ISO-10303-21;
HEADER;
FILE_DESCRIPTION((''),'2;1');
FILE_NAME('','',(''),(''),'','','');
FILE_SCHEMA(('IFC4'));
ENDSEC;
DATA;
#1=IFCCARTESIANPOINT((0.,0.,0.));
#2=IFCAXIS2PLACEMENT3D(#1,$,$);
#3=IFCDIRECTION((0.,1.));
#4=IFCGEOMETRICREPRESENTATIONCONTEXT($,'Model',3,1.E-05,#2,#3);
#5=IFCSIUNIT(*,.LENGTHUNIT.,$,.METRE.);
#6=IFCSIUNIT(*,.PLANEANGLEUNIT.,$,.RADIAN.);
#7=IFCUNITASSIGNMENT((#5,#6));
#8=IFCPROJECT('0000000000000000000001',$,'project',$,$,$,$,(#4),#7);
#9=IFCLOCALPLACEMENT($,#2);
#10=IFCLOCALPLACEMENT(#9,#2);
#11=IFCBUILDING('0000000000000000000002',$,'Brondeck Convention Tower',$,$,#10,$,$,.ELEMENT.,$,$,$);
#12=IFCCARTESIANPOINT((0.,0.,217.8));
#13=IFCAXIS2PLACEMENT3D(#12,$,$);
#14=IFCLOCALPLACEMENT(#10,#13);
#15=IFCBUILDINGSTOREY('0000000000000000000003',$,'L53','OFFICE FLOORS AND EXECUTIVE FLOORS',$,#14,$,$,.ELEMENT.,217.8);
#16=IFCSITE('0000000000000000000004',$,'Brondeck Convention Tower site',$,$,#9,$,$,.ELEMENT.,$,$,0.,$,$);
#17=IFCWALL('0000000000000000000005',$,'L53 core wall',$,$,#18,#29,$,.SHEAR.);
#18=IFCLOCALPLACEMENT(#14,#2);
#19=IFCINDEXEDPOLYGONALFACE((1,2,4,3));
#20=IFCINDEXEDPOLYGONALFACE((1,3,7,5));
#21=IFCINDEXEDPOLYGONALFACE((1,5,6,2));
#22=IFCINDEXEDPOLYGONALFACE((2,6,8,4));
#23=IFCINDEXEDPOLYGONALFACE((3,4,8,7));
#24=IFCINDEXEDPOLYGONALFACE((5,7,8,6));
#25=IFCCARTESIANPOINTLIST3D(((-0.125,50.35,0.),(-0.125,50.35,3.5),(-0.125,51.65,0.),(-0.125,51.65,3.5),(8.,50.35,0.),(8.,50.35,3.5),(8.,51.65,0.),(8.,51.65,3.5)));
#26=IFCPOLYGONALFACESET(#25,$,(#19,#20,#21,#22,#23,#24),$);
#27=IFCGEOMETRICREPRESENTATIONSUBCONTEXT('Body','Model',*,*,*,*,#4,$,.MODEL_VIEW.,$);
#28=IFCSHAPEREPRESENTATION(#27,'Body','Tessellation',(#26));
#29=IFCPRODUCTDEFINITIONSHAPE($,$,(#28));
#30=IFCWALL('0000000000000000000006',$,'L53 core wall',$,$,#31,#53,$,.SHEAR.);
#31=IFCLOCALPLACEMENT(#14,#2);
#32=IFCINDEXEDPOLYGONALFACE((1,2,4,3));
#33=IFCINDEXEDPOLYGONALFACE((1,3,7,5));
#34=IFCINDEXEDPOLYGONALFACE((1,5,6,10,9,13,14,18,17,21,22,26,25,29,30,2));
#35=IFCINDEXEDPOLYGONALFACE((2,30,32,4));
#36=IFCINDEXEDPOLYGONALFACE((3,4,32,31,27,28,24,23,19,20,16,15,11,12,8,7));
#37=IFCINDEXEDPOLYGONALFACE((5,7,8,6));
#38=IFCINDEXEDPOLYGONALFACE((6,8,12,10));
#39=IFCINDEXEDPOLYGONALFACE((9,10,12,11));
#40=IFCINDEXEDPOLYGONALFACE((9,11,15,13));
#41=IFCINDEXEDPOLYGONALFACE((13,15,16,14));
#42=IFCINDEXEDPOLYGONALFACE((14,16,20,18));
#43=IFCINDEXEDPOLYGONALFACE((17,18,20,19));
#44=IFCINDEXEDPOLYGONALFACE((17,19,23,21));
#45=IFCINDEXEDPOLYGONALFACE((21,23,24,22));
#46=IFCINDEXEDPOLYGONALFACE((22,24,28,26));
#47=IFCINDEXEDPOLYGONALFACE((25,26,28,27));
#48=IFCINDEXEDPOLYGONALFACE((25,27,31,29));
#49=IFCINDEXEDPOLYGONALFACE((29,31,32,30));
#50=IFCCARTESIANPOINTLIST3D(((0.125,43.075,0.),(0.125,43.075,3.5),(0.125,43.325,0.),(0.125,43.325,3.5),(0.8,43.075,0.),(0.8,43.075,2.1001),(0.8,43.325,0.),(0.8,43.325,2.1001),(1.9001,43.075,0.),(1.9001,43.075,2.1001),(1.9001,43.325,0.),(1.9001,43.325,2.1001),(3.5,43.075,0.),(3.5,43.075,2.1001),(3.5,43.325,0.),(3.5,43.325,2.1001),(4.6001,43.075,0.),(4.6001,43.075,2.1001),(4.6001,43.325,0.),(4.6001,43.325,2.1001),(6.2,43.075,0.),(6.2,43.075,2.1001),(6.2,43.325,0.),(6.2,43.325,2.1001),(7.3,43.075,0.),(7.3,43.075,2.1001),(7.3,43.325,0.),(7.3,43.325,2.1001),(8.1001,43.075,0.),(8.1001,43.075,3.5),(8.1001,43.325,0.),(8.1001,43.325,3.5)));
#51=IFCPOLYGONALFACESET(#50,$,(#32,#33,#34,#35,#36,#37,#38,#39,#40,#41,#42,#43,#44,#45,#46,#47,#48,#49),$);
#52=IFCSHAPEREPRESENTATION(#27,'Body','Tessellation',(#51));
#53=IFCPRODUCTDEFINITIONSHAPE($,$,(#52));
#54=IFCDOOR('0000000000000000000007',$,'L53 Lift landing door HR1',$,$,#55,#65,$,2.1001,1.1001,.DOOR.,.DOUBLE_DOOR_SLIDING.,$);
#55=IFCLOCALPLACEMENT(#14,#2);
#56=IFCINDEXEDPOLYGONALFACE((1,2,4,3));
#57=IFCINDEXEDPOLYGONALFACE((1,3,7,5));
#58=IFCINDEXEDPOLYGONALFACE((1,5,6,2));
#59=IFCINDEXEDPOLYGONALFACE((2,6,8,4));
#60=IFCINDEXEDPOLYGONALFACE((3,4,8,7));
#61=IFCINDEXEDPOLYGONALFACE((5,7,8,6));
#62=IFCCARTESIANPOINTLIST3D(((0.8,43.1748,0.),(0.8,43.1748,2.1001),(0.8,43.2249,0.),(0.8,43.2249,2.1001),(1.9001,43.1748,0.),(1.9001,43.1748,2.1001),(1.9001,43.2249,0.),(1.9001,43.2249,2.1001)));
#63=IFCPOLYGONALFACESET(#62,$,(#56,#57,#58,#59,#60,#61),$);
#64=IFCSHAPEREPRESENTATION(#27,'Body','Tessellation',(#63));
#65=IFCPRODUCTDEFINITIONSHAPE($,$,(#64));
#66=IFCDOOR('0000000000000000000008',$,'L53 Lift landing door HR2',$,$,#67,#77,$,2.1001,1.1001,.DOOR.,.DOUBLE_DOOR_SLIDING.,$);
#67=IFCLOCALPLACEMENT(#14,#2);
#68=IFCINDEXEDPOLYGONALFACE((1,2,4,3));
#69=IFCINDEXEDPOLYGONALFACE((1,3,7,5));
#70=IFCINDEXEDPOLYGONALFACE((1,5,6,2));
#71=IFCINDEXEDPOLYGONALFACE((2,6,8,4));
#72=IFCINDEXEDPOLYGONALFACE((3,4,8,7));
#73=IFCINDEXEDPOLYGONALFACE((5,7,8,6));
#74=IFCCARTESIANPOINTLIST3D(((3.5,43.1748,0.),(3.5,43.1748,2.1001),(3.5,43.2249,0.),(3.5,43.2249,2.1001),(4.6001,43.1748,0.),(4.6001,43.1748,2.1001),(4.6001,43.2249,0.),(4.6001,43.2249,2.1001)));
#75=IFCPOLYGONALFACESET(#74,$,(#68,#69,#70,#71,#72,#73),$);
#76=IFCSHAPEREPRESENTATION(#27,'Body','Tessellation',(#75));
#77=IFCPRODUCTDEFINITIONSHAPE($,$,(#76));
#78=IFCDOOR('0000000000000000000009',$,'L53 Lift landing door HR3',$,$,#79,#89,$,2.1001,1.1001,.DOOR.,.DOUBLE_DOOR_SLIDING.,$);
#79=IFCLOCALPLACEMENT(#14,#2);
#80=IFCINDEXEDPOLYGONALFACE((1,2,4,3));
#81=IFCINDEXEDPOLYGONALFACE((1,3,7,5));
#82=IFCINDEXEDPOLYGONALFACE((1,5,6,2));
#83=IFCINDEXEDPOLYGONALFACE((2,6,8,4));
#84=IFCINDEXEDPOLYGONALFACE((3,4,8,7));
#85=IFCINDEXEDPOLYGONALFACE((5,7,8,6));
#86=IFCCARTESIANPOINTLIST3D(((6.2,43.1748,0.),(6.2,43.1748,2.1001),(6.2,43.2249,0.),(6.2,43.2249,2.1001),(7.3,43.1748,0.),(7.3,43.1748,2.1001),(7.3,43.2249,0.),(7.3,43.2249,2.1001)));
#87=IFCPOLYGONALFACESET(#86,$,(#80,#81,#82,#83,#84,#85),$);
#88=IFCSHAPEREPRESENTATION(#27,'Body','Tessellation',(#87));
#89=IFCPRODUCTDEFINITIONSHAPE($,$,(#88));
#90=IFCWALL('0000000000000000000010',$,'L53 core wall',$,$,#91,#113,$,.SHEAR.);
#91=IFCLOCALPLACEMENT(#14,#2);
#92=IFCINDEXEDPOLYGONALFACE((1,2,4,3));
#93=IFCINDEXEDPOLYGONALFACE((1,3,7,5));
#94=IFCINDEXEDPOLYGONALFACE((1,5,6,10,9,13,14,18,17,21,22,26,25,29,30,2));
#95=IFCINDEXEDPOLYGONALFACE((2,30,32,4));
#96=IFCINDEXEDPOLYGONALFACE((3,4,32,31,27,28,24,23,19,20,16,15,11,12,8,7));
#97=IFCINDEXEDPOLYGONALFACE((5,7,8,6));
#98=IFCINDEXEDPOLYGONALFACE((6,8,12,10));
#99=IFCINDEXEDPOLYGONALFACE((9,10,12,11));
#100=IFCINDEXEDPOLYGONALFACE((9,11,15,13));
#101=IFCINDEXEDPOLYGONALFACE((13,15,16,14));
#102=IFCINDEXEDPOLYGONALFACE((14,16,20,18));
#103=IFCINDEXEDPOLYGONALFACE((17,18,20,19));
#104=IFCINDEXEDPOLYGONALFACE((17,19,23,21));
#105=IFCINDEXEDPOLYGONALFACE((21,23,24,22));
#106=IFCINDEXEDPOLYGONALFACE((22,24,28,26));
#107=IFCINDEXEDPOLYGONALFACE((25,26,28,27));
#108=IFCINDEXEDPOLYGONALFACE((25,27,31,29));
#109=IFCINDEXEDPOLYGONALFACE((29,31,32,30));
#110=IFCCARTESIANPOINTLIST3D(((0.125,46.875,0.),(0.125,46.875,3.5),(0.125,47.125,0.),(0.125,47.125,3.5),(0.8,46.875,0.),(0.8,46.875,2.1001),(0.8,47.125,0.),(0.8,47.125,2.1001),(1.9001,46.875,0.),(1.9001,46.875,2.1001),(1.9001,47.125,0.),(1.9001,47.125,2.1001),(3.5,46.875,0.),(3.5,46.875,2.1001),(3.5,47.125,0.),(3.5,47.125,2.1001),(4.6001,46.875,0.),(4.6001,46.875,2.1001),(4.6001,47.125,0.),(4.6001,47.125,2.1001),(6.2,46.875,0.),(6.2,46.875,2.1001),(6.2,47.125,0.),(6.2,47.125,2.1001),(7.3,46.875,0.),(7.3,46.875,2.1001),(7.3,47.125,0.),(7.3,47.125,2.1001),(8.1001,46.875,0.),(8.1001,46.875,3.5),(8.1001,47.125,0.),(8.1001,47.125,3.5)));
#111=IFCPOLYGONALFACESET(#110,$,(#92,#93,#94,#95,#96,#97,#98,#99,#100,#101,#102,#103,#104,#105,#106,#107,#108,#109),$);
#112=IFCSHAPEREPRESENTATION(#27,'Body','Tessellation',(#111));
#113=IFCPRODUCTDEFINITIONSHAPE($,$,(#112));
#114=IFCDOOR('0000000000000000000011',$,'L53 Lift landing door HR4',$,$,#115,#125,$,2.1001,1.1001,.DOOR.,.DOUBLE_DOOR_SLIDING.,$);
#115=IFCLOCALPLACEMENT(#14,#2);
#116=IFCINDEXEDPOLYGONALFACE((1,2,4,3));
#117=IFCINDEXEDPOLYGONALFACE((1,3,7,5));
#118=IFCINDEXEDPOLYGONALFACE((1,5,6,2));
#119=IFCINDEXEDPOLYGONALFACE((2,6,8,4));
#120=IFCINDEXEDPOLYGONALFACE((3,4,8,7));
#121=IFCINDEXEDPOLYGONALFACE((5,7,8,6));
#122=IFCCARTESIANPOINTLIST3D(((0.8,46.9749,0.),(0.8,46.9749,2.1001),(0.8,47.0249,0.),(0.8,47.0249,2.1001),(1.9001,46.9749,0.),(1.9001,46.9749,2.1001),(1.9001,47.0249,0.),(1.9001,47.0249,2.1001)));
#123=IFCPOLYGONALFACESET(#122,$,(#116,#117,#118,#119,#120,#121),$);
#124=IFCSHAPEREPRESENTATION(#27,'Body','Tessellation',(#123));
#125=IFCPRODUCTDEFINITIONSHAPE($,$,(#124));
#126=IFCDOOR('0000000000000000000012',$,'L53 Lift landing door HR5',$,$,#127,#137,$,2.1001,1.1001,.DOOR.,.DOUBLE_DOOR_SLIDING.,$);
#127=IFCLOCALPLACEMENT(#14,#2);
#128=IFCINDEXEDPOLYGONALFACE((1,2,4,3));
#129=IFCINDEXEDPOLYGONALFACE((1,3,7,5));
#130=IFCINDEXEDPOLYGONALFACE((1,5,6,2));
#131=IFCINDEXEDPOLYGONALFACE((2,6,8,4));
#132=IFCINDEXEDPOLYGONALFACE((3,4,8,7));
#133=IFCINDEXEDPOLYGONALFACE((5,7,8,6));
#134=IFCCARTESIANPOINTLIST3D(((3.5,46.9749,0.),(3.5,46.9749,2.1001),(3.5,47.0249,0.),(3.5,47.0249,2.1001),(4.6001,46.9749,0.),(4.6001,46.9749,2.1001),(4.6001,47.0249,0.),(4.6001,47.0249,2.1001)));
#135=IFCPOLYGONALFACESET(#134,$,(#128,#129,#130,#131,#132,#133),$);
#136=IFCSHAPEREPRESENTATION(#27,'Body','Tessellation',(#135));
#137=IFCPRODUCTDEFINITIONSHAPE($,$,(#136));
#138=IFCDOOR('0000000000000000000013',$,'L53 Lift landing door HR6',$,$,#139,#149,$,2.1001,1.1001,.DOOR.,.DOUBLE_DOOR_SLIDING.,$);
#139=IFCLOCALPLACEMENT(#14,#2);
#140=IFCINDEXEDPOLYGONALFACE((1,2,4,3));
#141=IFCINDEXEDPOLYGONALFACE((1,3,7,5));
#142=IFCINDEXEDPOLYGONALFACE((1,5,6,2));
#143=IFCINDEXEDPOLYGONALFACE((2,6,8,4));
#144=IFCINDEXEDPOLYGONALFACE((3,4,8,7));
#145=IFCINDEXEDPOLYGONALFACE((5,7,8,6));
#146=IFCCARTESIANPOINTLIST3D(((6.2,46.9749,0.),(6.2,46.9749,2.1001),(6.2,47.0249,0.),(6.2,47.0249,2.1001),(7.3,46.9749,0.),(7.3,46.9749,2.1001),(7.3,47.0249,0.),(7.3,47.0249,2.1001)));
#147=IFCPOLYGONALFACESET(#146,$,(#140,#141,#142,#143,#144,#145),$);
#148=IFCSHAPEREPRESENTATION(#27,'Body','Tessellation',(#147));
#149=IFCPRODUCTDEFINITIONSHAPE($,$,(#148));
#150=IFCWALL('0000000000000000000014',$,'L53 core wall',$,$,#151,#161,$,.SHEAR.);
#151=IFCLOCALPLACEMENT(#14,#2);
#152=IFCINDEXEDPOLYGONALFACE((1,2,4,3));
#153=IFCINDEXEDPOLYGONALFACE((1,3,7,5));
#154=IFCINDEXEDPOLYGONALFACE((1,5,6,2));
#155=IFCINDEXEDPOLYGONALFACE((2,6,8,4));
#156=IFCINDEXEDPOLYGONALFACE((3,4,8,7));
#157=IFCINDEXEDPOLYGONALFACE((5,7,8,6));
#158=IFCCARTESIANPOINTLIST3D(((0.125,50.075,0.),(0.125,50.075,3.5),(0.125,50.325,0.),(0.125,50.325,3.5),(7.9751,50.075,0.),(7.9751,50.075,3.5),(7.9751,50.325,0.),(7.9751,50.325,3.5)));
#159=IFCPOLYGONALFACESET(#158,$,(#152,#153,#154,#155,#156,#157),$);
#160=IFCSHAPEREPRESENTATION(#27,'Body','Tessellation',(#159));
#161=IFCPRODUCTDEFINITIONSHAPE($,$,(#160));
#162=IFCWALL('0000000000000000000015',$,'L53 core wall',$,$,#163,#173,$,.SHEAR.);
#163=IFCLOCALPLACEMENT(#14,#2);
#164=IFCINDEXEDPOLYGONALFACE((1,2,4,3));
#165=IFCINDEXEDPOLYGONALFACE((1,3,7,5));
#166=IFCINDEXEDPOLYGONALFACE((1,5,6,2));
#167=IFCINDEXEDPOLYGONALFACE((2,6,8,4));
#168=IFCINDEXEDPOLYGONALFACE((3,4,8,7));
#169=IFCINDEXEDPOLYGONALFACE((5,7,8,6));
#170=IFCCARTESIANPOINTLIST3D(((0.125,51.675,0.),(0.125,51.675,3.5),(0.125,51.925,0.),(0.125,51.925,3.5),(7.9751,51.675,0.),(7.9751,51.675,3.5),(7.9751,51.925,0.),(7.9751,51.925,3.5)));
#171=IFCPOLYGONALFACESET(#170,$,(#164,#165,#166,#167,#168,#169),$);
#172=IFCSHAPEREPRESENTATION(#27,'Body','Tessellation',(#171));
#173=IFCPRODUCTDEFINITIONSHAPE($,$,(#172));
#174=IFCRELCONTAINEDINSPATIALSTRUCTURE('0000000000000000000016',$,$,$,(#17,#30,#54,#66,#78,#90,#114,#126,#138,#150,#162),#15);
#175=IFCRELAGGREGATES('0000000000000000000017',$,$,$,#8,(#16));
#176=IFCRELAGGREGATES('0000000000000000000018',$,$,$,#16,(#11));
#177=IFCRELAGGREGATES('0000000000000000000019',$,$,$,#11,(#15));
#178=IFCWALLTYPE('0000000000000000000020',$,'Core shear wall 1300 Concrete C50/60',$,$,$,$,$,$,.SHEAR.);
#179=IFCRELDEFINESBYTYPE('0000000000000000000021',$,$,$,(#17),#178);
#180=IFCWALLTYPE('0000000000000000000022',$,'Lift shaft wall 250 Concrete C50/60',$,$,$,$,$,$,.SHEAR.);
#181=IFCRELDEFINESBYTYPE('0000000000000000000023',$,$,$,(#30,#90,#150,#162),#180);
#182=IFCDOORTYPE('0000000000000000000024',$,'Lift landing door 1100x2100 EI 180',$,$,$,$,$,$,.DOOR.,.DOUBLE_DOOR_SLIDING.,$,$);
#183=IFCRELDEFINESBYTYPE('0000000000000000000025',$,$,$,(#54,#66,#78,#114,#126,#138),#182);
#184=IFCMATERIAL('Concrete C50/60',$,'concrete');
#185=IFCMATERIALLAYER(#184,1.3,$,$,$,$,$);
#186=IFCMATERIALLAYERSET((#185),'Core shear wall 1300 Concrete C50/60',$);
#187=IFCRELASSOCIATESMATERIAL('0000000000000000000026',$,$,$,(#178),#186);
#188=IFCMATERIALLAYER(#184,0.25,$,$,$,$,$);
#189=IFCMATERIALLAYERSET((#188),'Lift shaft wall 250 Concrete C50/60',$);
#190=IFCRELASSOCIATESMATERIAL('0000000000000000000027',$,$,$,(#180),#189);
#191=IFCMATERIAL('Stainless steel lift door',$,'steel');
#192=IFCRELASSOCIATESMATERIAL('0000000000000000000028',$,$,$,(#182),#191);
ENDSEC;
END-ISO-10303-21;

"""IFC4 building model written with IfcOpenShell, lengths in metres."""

from ifc_helpers import new_model, si_unit, direction, frame, frame_2d, origin, place, context, subcontext, project, spatial, rectangle, extrude, material, layer, layer_set, type_object, element, fill, save


model = new_model("IFC4")

# Units and contexts
model_context = context("Model", 3, precision=1e-05, world=origin(), true_north=direction((0.0, 1.0)))
body_context = subcontext(model_context, "Body", "Model", "MODEL_VIEW")
ifc_project = project(units=[si_unit("LENGTHUNIT", "METRE"), si_unit("PLANEANGLEUNIT", "RADIAN")], contexts=[model_context])

# Site, building, storey
site_placement = place(None, origin())
site = spatial("IfcSite", under=ifc_project, at=site_placement, Name="Brondeck Convention Tower site", CompositionType="ELEMENT", RefElevation=0.0)
building_placement = place(site_placement, origin())
building = spatial("IfcBuilding", under=site, at=building_placement, Name="Brondeck Convention Tower", CompositionType="ELEMENT")
storey_placement = place(building_placement, frame((0.0, 0.0, 217.8)))
storey = spatial("IfcBuildingStorey", under=building, at=storey_placement, Name="L53", Description="OFFICE FLOORS AND EXECUTIVE FLOORS", CompositionType="ELEMENT", Elevation=217.8)

# Shared definitions
ifc_material_1 = material(Name="Concrete C50/60", Category="concrete")

# Wall
ifc_layer_1 = layer(ifc_material_1, 1.3)
ifc_layer_set_1 = layer_set([ifc_layer_1], Name="Core shear wall 1300 Concrete C50/60")
wall_type_1 = type_object("IfcWallType", Name="Core shear wall 1300 Concrete C50/60", PredefinedType="SHEAR", material=ifc_layer_set_1)
wall_1_placement = place(storey_placement, frame((-0.125, 51.0, 0.0), z_axis=(0.0, 0.0, 1.0), x_axis=(1.0, 0.0, 0.0)))
element("IfcWall", 1, at=wall_1_placement, inside=storey, type_object=wall_type_1, Name="L53 core wall", PredefinedType="SHEAR", context=body_context, shape_type="SweptSolid", body=[
    extrude(rectangle(XDim=8.125, YDim=1.3, at=frame_2d((4.0625, 0.0))), origin(), (0.0, 0.0, 1.0), 3.5),
])

# Walls, openings, doors
ifc_layer_2 = layer(ifc_material_1, 0.25)
ifc_layer_set_2 = layer_set([ifc_layer_2], Name="Lift shaft wall 250 Concrete C50/60")
wall_type_2 = type_object("IfcWallType", Name="Lift shaft wall 250 Concrete C50/60", PredefinedType="SHEAR", material=ifc_layer_set_2)
wall_2_placement = place(storey_placement, frame((0.125, 43.2, 0.0), z_axis=(0.0, 0.0, 1.0), x_axis=(1.0, 0.0, 0.0)))
wall_2 = element("IfcWall", 2, at=wall_2_placement, inside=storey, type_object=wall_type_2, Name="L53 core wall", PredefinedType="SHEAR", context=body_context, shape_type="SweptSolid", body=[
    extrude(rectangle(XDim=7.9751, YDim=0.25, at=frame_2d((3.9875, 0.0))), origin(), (0.0, 0.0, 1.0), 3.5),
])
opening_1_placement = place(wall_2_placement, frame((0.675, 0.0, 0.0)))
opening_1 = element("IfcOpeningElement", 3, at=opening_1_placement, cuts=wall_2, PredefinedType="OPENING", context=body_context, shape_type="SweptSolid", body=[
    extrude(rectangle(XDim=1.1001, YDim=2.1001, at=frame_2d((0.55, 1.05))), frame((0.0, 0.135, 0.0), z_axis=(0.0, -1.0, 0.0), x_axis=(1.0, 0.0, 0.0)), (0.0, 0.0, 1.0), 0.27),
])
opening_2_placement = place(wall_2_placement, frame((3.375, 0.0, 0.0)))
opening_2 = element("IfcOpeningElement", 4, at=opening_2_placement, cuts=wall_2, PredefinedType="OPENING", context=body_context, shape_type="SweptSolid", body=[
    extrude(rectangle(XDim=1.1001, YDim=2.1001, at=frame_2d((0.55, 1.05))), frame((0.0, 0.135, 0.0), z_axis=(0.0, -1.0, 0.0), x_axis=(1.0, 0.0, 0.0)), (0.0, 0.0, 1.0), 0.27),
])
opening_3_placement = place(wall_2_placement, frame((6.075, 0.0, 0.0)))
opening_3 = element("IfcOpeningElement", 5, at=opening_3_placement, cuts=wall_2, PredefinedType="OPENING", context=body_context, shape_type="SweptSolid", body=[
    extrude(rectangle(XDim=1.1001, YDim=2.1001, at=frame_2d((0.55, 1.05))), frame((0.0, 0.135, 0.0), z_axis=(0.0, -1.0, 0.0), x_axis=(1.0, 0.0, 0.0)), (0.0, 0.0, 1.0), 0.27),
])
ifc_material_2 = material(Name="Stainless steel lift door", Category="steel")
door_type_1 = type_object("IfcDoorType", Name="Lift landing door 1100x2100 EI 180", OperationType="DOUBLE_DOOR_SLIDING", PredefinedType="DOOR", material=ifc_material_2)
door_1_placement = place(opening_1_placement, origin())
door_1 = element("IfcDoor", 6, at=door_1_placement, inside=storey, type_object=door_type_1, Name="L53 Lift landing door HR1", OperationType="DOUBLE_DOOR_SLIDING", OverallHeight=2.1001, OverallWidth=1.1001, PredefinedType="DOOR", context=body_context, shape_type="SweptSolid", body=[
    extrude(rectangle(XDim=1.1001, YDim=2.1001, at=frame_2d((0.55, 1.05))), frame((0.0, 0.0249, 0.0), z_axis=(0.0, -1.0, 0.0), x_axis=(1.0, 0.0, 0.0)), (0.0, 0.0, 1.0), 0.05),
])
fill(opening_1, door_1)
door_2_placement = place(opening_2_placement, origin())
door_2 = element("IfcDoor", 7, at=door_2_placement, inside=storey, type_object=door_type_1, Name="L53 Lift landing door HR2", OperationType="DOUBLE_DOOR_SLIDING", OverallHeight=2.1001, OverallWidth=1.1001, PredefinedType="DOOR", context=body_context, shape_type="SweptSolid", body=[
    extrude(rectangle(XDim=1.1001, YDim=2.1001, at=frame_2d((0.55, 1.05))), frame((0.0, 0.0249, 0.0), z_axis=(0.0, -1.0, 0.0), x_axis=(1.0, 0.0, 0.0)), (0.0, 0.0, 1.0), 0.05),
])
fill(opening_2, door_2)
door_3_placement = place(opening_3_placement, origin())
door_3 = element("IfcDoor", 8, at=door_3_placement, inside=storey, type_object=door_type_1, Name="L53 Lift landing door HR3", OperationType="DOUBLE_DOOR_SLIDING", OverallHeight=2.1001, OverallWidth=1.1001, PredefinedType="DOOR", context=body_context, shape_type="SweptSolid", body=[
    extrude(rectangle(XDim=1.1001, YDim=2.1001, at=frame_2d((0.55, 1.05))), frame((0.0, 0.0249, 0.0), z_axis=(0.0, -1.0, 0.0), x_axis=(1.0, 0.0, 0.0)), (0.0, 0.0, 1.0), 0.05),
])
fill(opening_3, door_3)
wall_3_placement = place(storey_placement, frame((0.125, 47.0, 0.0), z_axis=(0.0, 0.0, 1.0), x_axis=(1.0, 0.0, 0.0)))
wall_3 = element("IfcWall", 9, at=wall_3_placement, inside=storey, type_object=wall_type_2, Name="L53 core wall", PredefinedType="SHEAR", context=body_context, shape_type="SweptSolid", body=[
    extrude(rectangle(XDim=7.9751, YDim=0.25, at=frame_2d((3.9875, 0.0))), origin(), (0.0, 0.0, 1.0), 3.5),
])
opening_4_placement = place(wall_3_placement, frame((0.675, 0.0, 0.0)))
opening_4 = element("IfcOpeningElement", 10, at=opening_4_placement, cuts=wall_3, PredefinedType="OPENING", context=body_context, shape_type="SweptSolid", body=[
    extrude(rectangle(XDim=1.1001, YDim=2.1001, at=frame_2d((0.55, 1.05))), frame((0.0, 0.135, 0.0), z_axis=(0.0, -1.0, 0.0), x_axis=(1.0, 0.0, 0.0)), (0.0, 0.0, 1.0), 0.27),
])
opening_5_placement = place(wall_3_placement, frame((3.375, 0.0, 0.0)))
opening_5 = element("IfcOpeningElement", 11, at=opening_5_placement, cuts=wall_3, PredefinedType="OPENING", context=body_context, shape_type="SweptSolid", body=[
    extrude(rectangle(XDim=1.1001, YDim=2.1001, at=frame_2d((0.55, 1.05))), frame((0.0, 0.135, 0.0), z_axis=(0.0, -1.0, 0.0), x_axis=(1.0, 0.0, 0.0)), (0.0, 0.0, 1.0), 0.27),
])
opening_6_placement = place(wall_3_placement, frame((6.075, 0.0, 0.0)))
opening_6 = element("IfcOpeningElement", 12, at=opening_6_placement, cuts=wall_3, PredefinedType="OPENING", context=body_context, shape_type="SweptSolid", body=[
    extrude(rectangle(XDim=1.1001, YDim=2.1001, at=frame_2d((0.55, 1.05))), frame((0.0, 0.135, 0.0), z_axis=(0.0, -1.0, 0.0), x_axis=(1.0, 0.0, 0.0)), (0.0, 0.0, 1.0), 0.27),
])
door_4_placement = place(opening_4_placement, origin())
door_4 = element("IfcDoor", 13, at=door_4_placement, inside=storey, type_object=door_type_1, Name="L53 Lift landing door HR4", OperationType="DOUBLE_DOOR_SLIDING", OverallHeight=2.1001, OverallWidth=1.1001, PredefinedType="DOOR", context=body_context, shape_type="SweptSolid", body=[
    extrude(rectangle(XDim=1.1001, YDim=2.1001, at=frame_2d((0.55, 1.05))), frame((0.0, 0.0249, 0.0), z_axis=(0.0, -1.0, 0.0), x_axis=(1.0, 0.0, 0.0)), (0.0, 0.0, 1.0), 0.05),
])
fill(opening_4, door_4)
door_5_placement = place(opening_5_placement, origin())
door_5 = element("IfcDoor", 14, at=door_5_placement, inside=storey, type_object=door_type_1, Name="L53 Lift landing door HR5", OperationType="DOUBLE_DOOR_SLIDING", OverallHeight=2.1001, OverallWidth=1.1001, PredefinedType="DOOR", context=body_context, shape_type="SweptSolid", body=[
    extrude(rectangle(XDim=1.1001, YDim=2.1001, at=frame_2d((0.55, 1.05))), frame((0.0, 0.0249, 0.0), z_axis=(0.0, -1.0, 0.0), x_axis=(1.0, 0.0, 0.0)), (0.0, 0.0, 1.0), 0.05),
])
fill(opening_5, door_5)
door_6_placement = place(opening_6_placement, origin())
door_6 = element("IfcDoor", 15, at=door_6_placement, inside=storey, type_object=door_type_1, Name="L53 Lift landing door HR6", OperationType="DOUBLE_DOOR_SLIDING", OverallHeight=2.1001, OverallWidth=1.1001, PredefinedType="DOOR", context=body_context, shape_type="SweptSolid", body=[
    extrude(rectangle(XDim=1.1001, YDim=2.1001, at=frame_2d((0.55, 1.05))), frame((0.0, 0.0249, 0.0), z_axis=(0.0, -1.0, 0.0), x_axis=(1.0, 0.0, 0.0)), (0.0, 0.0, 1.0), 0.05),
])
fill(opening_6, door_6)

# Walls
for number, where, z_axis, x_axis, name in (
    (16, (0.125, 50.2, 0.0), (0.0, 0.0, 1.0), (1.0, 0.0, 0.0), "L53 core wall"),
    (17, (0.125, 51.8, 0.0), (0.0, 0.0, 1.0), (1.0, 0.0, 0.0), "L53 core wall"),
):
    element("IfcWall", number, at=place(storey_placement, frame(where, z_axis=z_axis, x_axis=x_axis)), inside=storey, type_object=wall_type_2, Name=name, PredefinedType="SHEAR", context=body_context, shape_type="SweptSolid", body=[
        extrude(rectangle(XDim=7.8501, YDim=0.25, at=frame_2d((3.925, 0.0))), origin(), (0.0, 0.0, 1.0), 3.5),
    ])

save(model, "model.ifc")
